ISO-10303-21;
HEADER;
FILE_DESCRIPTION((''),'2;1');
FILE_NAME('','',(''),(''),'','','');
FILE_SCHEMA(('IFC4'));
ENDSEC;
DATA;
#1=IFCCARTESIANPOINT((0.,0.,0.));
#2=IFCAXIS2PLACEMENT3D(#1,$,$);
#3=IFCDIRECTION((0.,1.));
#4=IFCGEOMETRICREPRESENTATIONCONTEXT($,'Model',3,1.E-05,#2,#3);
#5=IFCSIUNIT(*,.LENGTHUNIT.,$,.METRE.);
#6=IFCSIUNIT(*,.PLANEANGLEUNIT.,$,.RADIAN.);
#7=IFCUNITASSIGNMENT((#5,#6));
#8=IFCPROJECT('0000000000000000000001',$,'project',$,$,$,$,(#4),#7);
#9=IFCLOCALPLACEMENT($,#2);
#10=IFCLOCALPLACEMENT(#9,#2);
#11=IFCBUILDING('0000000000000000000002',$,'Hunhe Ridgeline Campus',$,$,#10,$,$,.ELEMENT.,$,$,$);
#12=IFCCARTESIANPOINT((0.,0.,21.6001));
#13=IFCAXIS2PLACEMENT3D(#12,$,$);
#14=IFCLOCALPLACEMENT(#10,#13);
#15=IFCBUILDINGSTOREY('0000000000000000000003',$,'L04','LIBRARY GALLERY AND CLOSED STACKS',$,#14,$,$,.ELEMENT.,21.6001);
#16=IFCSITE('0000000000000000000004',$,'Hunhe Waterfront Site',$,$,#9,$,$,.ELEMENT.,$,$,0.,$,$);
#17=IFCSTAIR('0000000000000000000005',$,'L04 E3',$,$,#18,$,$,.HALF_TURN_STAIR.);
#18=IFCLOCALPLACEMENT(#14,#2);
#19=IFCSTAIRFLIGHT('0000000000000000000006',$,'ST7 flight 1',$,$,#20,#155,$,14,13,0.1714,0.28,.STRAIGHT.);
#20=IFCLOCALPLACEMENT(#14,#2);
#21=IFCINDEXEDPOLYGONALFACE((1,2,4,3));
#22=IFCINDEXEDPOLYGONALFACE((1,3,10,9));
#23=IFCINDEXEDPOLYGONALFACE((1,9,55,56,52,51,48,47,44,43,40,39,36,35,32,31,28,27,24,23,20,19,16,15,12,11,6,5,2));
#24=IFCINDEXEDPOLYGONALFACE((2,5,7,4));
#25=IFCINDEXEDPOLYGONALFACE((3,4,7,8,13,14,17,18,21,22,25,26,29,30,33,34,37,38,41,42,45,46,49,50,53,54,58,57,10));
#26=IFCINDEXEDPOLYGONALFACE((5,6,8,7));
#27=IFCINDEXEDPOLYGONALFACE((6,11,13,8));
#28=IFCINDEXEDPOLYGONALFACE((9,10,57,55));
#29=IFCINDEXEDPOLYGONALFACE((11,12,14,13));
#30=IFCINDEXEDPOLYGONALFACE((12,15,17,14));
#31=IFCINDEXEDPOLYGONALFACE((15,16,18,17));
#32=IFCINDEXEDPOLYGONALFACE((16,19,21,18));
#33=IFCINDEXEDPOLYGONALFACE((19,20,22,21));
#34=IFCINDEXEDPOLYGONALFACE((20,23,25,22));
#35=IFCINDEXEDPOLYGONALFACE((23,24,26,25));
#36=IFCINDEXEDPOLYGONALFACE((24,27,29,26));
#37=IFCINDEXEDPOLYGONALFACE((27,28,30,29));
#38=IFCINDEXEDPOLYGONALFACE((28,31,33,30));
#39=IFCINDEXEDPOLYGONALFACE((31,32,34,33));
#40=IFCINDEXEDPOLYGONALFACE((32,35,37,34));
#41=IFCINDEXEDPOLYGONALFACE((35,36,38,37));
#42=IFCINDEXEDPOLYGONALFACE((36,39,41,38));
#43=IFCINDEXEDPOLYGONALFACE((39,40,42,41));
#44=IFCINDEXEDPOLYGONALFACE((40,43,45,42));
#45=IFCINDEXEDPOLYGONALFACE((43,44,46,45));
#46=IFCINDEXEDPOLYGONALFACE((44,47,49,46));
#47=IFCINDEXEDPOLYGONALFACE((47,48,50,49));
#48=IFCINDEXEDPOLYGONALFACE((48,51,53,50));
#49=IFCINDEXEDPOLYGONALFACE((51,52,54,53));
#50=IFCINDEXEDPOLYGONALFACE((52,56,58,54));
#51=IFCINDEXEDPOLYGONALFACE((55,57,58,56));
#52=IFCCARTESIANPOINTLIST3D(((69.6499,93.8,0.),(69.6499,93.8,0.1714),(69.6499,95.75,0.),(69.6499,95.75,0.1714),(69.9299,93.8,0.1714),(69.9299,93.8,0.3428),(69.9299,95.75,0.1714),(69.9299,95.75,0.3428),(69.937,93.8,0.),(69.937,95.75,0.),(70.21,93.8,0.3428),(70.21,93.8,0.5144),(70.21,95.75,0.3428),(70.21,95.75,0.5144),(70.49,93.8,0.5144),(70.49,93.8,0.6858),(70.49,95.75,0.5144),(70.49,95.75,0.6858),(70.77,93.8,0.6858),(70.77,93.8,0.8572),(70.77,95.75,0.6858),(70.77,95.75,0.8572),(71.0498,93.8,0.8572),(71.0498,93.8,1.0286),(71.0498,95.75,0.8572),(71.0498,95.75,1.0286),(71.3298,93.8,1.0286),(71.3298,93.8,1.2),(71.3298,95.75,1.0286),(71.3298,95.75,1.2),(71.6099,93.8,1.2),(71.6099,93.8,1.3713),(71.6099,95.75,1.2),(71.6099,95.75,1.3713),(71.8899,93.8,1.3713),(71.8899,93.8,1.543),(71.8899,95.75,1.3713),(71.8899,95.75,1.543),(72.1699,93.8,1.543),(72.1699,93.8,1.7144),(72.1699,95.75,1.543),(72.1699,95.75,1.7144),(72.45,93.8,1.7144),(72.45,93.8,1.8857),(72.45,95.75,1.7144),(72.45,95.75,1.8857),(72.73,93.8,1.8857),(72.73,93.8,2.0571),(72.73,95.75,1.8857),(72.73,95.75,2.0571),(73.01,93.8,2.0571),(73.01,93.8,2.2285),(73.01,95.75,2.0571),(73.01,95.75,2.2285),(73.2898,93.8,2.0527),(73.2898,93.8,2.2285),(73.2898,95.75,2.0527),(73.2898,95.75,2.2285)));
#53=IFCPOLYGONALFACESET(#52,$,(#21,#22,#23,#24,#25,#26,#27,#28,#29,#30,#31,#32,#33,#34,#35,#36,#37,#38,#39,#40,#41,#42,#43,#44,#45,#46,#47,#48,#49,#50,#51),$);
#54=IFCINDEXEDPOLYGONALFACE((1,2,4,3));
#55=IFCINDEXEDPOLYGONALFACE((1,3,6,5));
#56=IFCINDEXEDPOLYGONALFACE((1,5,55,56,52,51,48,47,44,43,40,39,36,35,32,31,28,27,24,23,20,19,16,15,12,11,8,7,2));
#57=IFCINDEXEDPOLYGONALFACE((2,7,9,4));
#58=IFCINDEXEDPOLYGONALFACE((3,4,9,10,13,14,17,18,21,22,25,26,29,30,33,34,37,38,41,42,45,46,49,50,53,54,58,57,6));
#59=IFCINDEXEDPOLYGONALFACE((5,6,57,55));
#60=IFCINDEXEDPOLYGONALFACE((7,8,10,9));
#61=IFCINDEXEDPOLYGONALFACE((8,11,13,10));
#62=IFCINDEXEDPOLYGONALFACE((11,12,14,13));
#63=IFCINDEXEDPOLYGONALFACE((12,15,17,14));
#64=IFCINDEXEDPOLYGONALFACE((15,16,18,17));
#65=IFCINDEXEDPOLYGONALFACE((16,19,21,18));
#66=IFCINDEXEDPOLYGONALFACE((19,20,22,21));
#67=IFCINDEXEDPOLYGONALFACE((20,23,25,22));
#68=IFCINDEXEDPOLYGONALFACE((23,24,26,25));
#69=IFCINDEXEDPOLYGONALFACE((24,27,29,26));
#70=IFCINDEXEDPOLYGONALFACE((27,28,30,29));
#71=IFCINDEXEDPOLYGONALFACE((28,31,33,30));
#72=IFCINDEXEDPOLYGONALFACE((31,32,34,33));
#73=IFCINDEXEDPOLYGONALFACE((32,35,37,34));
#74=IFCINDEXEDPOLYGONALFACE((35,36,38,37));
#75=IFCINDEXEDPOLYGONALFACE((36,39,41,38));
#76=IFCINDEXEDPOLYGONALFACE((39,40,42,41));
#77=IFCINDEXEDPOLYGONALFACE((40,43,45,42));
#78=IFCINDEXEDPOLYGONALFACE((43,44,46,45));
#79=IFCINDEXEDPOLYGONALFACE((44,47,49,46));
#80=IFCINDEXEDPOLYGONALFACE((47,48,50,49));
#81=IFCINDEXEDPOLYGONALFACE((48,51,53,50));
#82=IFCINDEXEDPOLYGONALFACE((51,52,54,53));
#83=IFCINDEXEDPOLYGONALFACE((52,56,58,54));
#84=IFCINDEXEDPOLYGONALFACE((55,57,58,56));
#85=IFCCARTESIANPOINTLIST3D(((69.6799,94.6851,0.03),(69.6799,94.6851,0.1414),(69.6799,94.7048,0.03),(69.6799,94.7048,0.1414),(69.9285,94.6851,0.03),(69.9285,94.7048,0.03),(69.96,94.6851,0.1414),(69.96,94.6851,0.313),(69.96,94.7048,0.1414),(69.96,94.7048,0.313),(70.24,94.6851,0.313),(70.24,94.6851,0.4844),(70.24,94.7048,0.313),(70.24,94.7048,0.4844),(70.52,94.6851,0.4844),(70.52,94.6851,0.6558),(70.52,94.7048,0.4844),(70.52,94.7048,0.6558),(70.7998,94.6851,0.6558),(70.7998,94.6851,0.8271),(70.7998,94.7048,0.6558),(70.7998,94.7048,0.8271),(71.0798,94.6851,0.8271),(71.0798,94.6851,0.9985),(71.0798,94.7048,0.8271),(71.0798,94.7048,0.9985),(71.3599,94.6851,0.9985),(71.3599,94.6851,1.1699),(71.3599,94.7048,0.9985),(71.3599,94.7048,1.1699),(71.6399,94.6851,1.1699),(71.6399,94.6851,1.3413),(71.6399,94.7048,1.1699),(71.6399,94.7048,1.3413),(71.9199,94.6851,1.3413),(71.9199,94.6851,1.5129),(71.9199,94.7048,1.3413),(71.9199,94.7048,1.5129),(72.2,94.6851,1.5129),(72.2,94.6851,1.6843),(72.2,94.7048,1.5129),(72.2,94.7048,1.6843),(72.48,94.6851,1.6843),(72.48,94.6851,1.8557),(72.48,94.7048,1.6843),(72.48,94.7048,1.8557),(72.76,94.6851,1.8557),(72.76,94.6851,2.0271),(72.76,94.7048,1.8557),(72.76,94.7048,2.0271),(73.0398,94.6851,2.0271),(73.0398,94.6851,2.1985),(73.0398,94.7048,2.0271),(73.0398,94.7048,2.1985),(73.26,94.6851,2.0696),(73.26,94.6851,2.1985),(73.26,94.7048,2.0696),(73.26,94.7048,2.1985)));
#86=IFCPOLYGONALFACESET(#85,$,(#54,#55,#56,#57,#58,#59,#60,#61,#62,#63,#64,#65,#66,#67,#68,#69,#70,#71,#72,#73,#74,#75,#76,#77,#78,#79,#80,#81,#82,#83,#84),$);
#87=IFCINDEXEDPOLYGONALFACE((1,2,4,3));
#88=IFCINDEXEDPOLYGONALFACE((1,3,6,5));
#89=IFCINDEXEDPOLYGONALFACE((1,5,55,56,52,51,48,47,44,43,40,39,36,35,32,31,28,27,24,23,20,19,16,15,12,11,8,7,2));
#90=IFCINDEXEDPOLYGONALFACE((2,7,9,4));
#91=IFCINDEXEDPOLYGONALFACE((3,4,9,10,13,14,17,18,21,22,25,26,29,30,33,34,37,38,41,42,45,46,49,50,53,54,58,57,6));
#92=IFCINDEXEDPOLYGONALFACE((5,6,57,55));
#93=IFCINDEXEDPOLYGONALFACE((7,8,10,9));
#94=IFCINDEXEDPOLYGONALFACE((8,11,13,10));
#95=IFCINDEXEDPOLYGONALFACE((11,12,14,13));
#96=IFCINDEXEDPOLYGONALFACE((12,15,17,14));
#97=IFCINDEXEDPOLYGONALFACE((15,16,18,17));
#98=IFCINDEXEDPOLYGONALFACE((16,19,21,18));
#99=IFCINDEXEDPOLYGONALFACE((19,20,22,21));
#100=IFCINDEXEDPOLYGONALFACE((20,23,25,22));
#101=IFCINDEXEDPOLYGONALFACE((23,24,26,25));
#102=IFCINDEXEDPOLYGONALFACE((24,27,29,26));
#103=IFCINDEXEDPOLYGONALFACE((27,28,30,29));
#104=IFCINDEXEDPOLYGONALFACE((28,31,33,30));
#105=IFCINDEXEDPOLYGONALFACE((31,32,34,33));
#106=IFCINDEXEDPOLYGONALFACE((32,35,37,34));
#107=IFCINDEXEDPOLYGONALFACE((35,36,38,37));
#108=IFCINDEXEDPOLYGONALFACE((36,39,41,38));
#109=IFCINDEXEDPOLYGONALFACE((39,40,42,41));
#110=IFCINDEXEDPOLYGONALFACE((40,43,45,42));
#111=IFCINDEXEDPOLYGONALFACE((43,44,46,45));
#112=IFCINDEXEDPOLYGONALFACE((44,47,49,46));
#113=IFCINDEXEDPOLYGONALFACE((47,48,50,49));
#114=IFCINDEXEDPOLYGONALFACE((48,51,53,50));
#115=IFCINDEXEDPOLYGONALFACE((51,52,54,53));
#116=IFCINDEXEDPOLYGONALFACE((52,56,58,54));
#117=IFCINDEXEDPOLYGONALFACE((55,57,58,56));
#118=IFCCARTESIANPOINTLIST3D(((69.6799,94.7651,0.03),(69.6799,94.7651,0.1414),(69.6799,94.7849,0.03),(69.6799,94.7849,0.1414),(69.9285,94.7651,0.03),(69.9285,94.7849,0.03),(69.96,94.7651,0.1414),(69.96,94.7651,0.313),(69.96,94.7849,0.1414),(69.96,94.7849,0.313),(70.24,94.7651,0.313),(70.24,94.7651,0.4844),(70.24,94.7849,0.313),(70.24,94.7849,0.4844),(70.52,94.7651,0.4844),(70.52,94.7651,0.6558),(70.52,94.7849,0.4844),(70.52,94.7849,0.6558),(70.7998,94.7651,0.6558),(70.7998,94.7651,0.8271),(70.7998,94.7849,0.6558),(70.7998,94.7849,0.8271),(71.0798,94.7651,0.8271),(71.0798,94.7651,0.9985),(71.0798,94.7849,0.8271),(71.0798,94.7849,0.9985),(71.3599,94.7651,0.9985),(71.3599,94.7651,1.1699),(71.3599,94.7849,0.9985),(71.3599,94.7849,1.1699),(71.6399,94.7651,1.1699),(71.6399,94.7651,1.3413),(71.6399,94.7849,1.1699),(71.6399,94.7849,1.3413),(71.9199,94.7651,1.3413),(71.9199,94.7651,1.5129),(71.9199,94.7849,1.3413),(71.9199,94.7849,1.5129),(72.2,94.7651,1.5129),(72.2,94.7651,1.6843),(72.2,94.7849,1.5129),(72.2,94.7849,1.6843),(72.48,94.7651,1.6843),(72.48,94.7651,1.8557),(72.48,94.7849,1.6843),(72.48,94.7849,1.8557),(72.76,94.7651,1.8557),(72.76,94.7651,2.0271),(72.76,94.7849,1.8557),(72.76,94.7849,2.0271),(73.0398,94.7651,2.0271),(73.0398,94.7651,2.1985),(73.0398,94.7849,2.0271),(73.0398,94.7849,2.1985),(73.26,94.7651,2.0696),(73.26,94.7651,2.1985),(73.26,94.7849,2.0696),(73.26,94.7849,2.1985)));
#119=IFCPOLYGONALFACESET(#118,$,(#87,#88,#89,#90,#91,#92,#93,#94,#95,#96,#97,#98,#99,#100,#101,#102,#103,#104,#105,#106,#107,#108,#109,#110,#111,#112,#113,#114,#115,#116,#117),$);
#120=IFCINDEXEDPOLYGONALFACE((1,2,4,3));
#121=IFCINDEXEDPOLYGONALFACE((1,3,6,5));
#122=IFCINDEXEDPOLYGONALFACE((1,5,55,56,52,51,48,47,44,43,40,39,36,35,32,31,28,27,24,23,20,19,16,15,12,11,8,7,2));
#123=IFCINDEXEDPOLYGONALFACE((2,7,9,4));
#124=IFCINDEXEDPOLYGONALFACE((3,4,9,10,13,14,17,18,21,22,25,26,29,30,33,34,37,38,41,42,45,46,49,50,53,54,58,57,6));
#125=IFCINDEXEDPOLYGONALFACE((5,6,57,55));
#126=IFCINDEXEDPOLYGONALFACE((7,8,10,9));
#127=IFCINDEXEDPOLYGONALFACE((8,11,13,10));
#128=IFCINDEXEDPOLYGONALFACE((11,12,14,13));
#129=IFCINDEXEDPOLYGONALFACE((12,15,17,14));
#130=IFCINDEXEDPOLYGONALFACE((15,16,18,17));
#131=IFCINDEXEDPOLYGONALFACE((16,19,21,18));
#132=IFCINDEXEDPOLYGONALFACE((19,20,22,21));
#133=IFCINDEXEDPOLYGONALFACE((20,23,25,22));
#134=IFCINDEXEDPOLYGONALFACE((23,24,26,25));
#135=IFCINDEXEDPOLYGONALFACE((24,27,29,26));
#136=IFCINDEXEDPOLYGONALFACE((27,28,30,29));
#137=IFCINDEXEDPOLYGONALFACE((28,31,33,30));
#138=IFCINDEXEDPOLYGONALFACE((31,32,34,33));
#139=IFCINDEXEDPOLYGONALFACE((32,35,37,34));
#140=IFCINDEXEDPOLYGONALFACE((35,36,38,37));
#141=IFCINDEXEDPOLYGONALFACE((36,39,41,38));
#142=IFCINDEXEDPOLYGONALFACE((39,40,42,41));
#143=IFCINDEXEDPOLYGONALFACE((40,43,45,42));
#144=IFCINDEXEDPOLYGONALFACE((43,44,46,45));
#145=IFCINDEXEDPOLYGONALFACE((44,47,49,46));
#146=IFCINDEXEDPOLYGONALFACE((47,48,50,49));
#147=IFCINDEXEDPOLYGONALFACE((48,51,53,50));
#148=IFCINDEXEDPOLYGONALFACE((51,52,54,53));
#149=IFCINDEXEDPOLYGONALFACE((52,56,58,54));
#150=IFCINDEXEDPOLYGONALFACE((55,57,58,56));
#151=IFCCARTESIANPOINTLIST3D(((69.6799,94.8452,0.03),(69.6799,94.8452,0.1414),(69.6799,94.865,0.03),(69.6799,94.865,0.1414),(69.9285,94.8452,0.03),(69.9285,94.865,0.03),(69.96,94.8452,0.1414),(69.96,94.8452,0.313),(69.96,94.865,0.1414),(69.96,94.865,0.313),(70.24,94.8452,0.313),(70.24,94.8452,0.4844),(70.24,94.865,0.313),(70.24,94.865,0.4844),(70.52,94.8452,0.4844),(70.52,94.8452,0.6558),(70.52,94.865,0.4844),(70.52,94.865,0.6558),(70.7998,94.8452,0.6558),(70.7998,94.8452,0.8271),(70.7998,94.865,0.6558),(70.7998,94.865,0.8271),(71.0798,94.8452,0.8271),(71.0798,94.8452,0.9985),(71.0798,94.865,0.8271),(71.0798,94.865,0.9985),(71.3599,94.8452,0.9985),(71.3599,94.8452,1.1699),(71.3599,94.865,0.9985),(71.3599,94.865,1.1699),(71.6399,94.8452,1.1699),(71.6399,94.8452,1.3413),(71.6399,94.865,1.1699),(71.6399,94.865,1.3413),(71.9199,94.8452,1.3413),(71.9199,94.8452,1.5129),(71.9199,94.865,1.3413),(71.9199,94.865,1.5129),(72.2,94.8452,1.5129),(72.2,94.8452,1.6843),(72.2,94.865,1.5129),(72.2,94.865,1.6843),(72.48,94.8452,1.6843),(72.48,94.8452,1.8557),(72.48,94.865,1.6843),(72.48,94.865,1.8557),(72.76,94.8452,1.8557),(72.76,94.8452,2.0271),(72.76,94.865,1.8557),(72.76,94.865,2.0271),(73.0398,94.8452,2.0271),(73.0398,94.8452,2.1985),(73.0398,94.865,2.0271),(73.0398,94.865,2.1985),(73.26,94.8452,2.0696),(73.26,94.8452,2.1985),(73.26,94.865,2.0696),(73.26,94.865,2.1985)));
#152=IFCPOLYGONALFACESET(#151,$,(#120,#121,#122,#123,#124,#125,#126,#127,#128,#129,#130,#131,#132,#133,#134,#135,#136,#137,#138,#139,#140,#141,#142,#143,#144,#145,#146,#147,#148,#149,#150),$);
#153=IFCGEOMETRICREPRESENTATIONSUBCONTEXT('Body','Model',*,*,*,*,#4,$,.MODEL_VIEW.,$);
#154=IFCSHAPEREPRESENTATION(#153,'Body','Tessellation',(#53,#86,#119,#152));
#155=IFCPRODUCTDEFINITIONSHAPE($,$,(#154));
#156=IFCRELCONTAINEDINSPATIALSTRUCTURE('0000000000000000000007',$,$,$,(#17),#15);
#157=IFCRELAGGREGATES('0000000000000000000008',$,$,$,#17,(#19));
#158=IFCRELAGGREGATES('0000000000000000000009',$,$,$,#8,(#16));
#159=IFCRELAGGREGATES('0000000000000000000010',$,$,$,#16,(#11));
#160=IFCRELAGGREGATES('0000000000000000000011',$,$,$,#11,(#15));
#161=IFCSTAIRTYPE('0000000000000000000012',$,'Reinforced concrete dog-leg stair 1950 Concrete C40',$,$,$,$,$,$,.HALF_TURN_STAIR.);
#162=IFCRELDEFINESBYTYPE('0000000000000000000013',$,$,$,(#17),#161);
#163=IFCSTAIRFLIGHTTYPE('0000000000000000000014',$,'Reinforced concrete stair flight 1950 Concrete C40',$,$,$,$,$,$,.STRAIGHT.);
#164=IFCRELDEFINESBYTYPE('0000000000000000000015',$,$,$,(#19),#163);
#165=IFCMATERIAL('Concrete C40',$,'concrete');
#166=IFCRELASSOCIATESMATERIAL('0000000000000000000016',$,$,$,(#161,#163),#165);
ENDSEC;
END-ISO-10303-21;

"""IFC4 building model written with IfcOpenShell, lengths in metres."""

from ifc_helpers import new_model, si_unit, direction, frame, origin, place, context, subcontext, project, spatial, polyline, outline, extrude, material, type_object, element, aggregate, save


model = new_model("IFC4")

# Units and contexts
model_context = context("Model", 3, precision=1e-05, world=origin(), true_north=direction((0.0, 1.0)))
body_context = subcontext(model_context, "Body", "Model", "MODEL_VIEW")
ifc_project = project(units=[si_unit("LENGTHUNIT", "METRE"), si_unit("PLANEANGLEUNIT", "RADIAN")], contexts=[model_context])

# Site, building, storey
site_placement = place(None, origin())
site = spatial("IfcSite", under=ifc_project, at=site_placement, Name="Hunhe Waterfront Site", CompositionType="ELEMENT", RefElevation=0.0)
building_placement = place(site_placement, origin())
building = spatial("IfcBuilding", under=site, at=building_placement, Name="Hunhe Ridgeline Campus", CompositionType="ELEMENT")
storey_placement = place(building_placement, frame((0.0, 0.0, 21.6001)))
storey = spatial("IfcBuildingStorey", under=building, at=storey_placement, Name="L04", Description="LIBRARY GALLERY AND CLOSED STACKS", CompositionType="ELEMENT", Elevation=21.6001)

# Shared definitions
ifc_material_1 = material(Name="Concrete C40", Category="concrete")
stair_type = type_object("IfcStairType", Name="Reinforced concrete dog-leg stair 1950 Concrete C40", PredefinedType="HALF_TURN_STAIR", material=ifc_material_1)
stair_flight_type = type_object("IfcStairFlightType", Name="Reinforced concrete stair flight 1950 Concrete C40", PredefinedType="STRAIGHT", material=ifc_material_1)

# Stair, stair flight
stair_1_placement = place(storey_placement, origin())
stair_1 = element("IfcStair", 1, at=stair_1_placement, inside=storey, type_object=stair_type, Name="L04 E3", PredefinedType="HALF_TURN_STAIR")
stair_flight_1_placement = place(storey_placement, frame((69.6499, 94.7749, 0.0), z_axis=(0.0, 0.0, 1.0), x_axis=(1.0, 0.0, 0.0)))
stair_flight_1 = element("IfcStairFlight", 2, at=stair_flight_1_placement, type_object=stair_flight_type, Name="ST7 flight 1", NumberOfRisers=14, NumberOfTreads=13, PredefinedType="STRAIGHT", RiserHeight=0.1714, TreadLength=0.28, context=body_context, shape_type="SweptSolid", body=[
    extrude(outline(polyline([(0.0, 0.0), (0.0, 0.1714), (0.28, 0.1714), (0.28, 0.3428), (0.5601, 0.3428), (0.5601, 0.5144), (0.8401, 0.5144), (0.8401, 0.6858), (1.1201, 0.6858), (1.1201, 0.8572), (1.3999, 0.8572), (1.3999, 1.0286), (1.6799, 1.0286), (1.6799, 1.2), (1.96, 1.2), (1.96, 1.3713), (2.24, 1.3713), (2.24, 1.543), (2.52, 1.543), (2.52, 1.7144), (2.8, 1.7144), (2.8, 1.8857), (3.0801, 1.8857), (3.0801, 2.0571), (3.3601, 2.0571), (3.3601, 2.2285), (3.6399, 2.2285), (3.6399, 2.3999), (3.6399, 2.0527), (0.2871, 0.0), (0.0, 0.0)])), frame((0.0, 0.9751, 0.0), z_axis=(0.0, -1.0, 0.0), x_axis=(1.0, 0.0, 0.0)), (0.0, 0.0, 1.0), 1.95),
    extrude(outline(polyline([(0.03, 0.03), (0.03, 0.1414), (0.3101, 0.1414), (0.3101, 0.313), (0.5901, 0.313), (0.5901, 0.4844), (0.8701, 0.4844), (0.8701, 0.6558), (1.1499, 0.6558), (1.1499, 0.8271), (1.4299, 0.8271), (1.4299, 0.9985), (1.71, 0.9985), (1.71, 1.1699), (1.99, 1.1699), (1.99, 1.3413), (2.27, 1.3413), (2.27, 1.5129), (2.55, 1.5129), (2.55, 1.6843), (2.8301, 1.6843), (2.8301, 1.8557), (3.1101, 1.8557), (3.1101, 2.0271), (3.3899, 2.0271), (3.3899, 2.1985), (3.6101, 2.1985), (3.6101, 2.0696), (0.2786, 0.03), (0.03, 0.03)])), frame((0.0, -0.0701, 0.0), z_axis=(0.0, -1.0, 0.0), x_axis=(1.0, 0.0, 0.0)), (0.0, 0.0, 1.0), 0.0198),
    extrude(outline(polyline([(0.03, 0.03), (0.03, 0.1414), (0.3101, 0.1414), (0.3101, 0.313), (0.5901, 0.313), (0.5901, 0.4844), (0.8701, 0.4844), (0.8701, 0.6558), (1.1499, 0.6558), (1.1499, 0.8271), (1.4299, 0.8271), (1.4299, 0.9985), (1.71, 0.9985), (1.71, 1.1699), (1.99, 1.1699), (1.99, 1.3413), (2.27, 1.3413), (2.27, 1.5129), (2.55, 1.5129), (2.55, 1.6843), (2.8301, 1.6843), (2.8301, 1.8557), (3.1101, 1.8557), (3.1101, 2.0271), (3.3899, 2.0271), (3.3899, 2.1985), (3.6101, 2.1985), (3.6101, 2.0696), (0.2786, 0.03), (0.03, 0.03)])), frame((0.0, 0.01, 0.0), z_axis=(0.0, -1.0, 0.0), x_axis=(1.0, 0.0, 0.0)), (0.0, 0.0, 1.0), 0.0198),
    extrude(outline(polyline([(0.03, 0.03), (0.03, 0.1414), (0.3101, 0.1414), (0.3101, 0.313), (0.5901, 0.313), (0.5901, 0.4844), (0.8701, 0.4844), (0.8701, 0.6558), (1.1499, 0.6558), (1.1499, 0.8271), (1.4299, 0.8271), (1.4299, 0.9985), (1.71, 0.9985), (1.71, 1.1699), (1.99, 1.1699), (1.99, 1.3413), (2.27, 1.3413), (2.27, 1.5129), (2.55, 1.5129), (2.55, 1.6843), (2.8301, 1.6843), (2.8301, 1.8557), (3.1101, 1.8557), (3.1101, 2.0271), (3.3899, 2.0271), (3.3899, 2.1985), (3.6101, 2.1985), (3.6101, 2.0696), (0.2786, 0.03), (0.03, 0.03)])), frame((0.0, 0.0901, 0.0), z_axis=(0.0, -1.0, 0.0), x_axis=(1.0, 0.0, 0.0)), (0.0, 0.0, 1.0), 0.0198),
])
aggregate(stair_1, [stair_flight_1])

save(model, "model.ifc")
